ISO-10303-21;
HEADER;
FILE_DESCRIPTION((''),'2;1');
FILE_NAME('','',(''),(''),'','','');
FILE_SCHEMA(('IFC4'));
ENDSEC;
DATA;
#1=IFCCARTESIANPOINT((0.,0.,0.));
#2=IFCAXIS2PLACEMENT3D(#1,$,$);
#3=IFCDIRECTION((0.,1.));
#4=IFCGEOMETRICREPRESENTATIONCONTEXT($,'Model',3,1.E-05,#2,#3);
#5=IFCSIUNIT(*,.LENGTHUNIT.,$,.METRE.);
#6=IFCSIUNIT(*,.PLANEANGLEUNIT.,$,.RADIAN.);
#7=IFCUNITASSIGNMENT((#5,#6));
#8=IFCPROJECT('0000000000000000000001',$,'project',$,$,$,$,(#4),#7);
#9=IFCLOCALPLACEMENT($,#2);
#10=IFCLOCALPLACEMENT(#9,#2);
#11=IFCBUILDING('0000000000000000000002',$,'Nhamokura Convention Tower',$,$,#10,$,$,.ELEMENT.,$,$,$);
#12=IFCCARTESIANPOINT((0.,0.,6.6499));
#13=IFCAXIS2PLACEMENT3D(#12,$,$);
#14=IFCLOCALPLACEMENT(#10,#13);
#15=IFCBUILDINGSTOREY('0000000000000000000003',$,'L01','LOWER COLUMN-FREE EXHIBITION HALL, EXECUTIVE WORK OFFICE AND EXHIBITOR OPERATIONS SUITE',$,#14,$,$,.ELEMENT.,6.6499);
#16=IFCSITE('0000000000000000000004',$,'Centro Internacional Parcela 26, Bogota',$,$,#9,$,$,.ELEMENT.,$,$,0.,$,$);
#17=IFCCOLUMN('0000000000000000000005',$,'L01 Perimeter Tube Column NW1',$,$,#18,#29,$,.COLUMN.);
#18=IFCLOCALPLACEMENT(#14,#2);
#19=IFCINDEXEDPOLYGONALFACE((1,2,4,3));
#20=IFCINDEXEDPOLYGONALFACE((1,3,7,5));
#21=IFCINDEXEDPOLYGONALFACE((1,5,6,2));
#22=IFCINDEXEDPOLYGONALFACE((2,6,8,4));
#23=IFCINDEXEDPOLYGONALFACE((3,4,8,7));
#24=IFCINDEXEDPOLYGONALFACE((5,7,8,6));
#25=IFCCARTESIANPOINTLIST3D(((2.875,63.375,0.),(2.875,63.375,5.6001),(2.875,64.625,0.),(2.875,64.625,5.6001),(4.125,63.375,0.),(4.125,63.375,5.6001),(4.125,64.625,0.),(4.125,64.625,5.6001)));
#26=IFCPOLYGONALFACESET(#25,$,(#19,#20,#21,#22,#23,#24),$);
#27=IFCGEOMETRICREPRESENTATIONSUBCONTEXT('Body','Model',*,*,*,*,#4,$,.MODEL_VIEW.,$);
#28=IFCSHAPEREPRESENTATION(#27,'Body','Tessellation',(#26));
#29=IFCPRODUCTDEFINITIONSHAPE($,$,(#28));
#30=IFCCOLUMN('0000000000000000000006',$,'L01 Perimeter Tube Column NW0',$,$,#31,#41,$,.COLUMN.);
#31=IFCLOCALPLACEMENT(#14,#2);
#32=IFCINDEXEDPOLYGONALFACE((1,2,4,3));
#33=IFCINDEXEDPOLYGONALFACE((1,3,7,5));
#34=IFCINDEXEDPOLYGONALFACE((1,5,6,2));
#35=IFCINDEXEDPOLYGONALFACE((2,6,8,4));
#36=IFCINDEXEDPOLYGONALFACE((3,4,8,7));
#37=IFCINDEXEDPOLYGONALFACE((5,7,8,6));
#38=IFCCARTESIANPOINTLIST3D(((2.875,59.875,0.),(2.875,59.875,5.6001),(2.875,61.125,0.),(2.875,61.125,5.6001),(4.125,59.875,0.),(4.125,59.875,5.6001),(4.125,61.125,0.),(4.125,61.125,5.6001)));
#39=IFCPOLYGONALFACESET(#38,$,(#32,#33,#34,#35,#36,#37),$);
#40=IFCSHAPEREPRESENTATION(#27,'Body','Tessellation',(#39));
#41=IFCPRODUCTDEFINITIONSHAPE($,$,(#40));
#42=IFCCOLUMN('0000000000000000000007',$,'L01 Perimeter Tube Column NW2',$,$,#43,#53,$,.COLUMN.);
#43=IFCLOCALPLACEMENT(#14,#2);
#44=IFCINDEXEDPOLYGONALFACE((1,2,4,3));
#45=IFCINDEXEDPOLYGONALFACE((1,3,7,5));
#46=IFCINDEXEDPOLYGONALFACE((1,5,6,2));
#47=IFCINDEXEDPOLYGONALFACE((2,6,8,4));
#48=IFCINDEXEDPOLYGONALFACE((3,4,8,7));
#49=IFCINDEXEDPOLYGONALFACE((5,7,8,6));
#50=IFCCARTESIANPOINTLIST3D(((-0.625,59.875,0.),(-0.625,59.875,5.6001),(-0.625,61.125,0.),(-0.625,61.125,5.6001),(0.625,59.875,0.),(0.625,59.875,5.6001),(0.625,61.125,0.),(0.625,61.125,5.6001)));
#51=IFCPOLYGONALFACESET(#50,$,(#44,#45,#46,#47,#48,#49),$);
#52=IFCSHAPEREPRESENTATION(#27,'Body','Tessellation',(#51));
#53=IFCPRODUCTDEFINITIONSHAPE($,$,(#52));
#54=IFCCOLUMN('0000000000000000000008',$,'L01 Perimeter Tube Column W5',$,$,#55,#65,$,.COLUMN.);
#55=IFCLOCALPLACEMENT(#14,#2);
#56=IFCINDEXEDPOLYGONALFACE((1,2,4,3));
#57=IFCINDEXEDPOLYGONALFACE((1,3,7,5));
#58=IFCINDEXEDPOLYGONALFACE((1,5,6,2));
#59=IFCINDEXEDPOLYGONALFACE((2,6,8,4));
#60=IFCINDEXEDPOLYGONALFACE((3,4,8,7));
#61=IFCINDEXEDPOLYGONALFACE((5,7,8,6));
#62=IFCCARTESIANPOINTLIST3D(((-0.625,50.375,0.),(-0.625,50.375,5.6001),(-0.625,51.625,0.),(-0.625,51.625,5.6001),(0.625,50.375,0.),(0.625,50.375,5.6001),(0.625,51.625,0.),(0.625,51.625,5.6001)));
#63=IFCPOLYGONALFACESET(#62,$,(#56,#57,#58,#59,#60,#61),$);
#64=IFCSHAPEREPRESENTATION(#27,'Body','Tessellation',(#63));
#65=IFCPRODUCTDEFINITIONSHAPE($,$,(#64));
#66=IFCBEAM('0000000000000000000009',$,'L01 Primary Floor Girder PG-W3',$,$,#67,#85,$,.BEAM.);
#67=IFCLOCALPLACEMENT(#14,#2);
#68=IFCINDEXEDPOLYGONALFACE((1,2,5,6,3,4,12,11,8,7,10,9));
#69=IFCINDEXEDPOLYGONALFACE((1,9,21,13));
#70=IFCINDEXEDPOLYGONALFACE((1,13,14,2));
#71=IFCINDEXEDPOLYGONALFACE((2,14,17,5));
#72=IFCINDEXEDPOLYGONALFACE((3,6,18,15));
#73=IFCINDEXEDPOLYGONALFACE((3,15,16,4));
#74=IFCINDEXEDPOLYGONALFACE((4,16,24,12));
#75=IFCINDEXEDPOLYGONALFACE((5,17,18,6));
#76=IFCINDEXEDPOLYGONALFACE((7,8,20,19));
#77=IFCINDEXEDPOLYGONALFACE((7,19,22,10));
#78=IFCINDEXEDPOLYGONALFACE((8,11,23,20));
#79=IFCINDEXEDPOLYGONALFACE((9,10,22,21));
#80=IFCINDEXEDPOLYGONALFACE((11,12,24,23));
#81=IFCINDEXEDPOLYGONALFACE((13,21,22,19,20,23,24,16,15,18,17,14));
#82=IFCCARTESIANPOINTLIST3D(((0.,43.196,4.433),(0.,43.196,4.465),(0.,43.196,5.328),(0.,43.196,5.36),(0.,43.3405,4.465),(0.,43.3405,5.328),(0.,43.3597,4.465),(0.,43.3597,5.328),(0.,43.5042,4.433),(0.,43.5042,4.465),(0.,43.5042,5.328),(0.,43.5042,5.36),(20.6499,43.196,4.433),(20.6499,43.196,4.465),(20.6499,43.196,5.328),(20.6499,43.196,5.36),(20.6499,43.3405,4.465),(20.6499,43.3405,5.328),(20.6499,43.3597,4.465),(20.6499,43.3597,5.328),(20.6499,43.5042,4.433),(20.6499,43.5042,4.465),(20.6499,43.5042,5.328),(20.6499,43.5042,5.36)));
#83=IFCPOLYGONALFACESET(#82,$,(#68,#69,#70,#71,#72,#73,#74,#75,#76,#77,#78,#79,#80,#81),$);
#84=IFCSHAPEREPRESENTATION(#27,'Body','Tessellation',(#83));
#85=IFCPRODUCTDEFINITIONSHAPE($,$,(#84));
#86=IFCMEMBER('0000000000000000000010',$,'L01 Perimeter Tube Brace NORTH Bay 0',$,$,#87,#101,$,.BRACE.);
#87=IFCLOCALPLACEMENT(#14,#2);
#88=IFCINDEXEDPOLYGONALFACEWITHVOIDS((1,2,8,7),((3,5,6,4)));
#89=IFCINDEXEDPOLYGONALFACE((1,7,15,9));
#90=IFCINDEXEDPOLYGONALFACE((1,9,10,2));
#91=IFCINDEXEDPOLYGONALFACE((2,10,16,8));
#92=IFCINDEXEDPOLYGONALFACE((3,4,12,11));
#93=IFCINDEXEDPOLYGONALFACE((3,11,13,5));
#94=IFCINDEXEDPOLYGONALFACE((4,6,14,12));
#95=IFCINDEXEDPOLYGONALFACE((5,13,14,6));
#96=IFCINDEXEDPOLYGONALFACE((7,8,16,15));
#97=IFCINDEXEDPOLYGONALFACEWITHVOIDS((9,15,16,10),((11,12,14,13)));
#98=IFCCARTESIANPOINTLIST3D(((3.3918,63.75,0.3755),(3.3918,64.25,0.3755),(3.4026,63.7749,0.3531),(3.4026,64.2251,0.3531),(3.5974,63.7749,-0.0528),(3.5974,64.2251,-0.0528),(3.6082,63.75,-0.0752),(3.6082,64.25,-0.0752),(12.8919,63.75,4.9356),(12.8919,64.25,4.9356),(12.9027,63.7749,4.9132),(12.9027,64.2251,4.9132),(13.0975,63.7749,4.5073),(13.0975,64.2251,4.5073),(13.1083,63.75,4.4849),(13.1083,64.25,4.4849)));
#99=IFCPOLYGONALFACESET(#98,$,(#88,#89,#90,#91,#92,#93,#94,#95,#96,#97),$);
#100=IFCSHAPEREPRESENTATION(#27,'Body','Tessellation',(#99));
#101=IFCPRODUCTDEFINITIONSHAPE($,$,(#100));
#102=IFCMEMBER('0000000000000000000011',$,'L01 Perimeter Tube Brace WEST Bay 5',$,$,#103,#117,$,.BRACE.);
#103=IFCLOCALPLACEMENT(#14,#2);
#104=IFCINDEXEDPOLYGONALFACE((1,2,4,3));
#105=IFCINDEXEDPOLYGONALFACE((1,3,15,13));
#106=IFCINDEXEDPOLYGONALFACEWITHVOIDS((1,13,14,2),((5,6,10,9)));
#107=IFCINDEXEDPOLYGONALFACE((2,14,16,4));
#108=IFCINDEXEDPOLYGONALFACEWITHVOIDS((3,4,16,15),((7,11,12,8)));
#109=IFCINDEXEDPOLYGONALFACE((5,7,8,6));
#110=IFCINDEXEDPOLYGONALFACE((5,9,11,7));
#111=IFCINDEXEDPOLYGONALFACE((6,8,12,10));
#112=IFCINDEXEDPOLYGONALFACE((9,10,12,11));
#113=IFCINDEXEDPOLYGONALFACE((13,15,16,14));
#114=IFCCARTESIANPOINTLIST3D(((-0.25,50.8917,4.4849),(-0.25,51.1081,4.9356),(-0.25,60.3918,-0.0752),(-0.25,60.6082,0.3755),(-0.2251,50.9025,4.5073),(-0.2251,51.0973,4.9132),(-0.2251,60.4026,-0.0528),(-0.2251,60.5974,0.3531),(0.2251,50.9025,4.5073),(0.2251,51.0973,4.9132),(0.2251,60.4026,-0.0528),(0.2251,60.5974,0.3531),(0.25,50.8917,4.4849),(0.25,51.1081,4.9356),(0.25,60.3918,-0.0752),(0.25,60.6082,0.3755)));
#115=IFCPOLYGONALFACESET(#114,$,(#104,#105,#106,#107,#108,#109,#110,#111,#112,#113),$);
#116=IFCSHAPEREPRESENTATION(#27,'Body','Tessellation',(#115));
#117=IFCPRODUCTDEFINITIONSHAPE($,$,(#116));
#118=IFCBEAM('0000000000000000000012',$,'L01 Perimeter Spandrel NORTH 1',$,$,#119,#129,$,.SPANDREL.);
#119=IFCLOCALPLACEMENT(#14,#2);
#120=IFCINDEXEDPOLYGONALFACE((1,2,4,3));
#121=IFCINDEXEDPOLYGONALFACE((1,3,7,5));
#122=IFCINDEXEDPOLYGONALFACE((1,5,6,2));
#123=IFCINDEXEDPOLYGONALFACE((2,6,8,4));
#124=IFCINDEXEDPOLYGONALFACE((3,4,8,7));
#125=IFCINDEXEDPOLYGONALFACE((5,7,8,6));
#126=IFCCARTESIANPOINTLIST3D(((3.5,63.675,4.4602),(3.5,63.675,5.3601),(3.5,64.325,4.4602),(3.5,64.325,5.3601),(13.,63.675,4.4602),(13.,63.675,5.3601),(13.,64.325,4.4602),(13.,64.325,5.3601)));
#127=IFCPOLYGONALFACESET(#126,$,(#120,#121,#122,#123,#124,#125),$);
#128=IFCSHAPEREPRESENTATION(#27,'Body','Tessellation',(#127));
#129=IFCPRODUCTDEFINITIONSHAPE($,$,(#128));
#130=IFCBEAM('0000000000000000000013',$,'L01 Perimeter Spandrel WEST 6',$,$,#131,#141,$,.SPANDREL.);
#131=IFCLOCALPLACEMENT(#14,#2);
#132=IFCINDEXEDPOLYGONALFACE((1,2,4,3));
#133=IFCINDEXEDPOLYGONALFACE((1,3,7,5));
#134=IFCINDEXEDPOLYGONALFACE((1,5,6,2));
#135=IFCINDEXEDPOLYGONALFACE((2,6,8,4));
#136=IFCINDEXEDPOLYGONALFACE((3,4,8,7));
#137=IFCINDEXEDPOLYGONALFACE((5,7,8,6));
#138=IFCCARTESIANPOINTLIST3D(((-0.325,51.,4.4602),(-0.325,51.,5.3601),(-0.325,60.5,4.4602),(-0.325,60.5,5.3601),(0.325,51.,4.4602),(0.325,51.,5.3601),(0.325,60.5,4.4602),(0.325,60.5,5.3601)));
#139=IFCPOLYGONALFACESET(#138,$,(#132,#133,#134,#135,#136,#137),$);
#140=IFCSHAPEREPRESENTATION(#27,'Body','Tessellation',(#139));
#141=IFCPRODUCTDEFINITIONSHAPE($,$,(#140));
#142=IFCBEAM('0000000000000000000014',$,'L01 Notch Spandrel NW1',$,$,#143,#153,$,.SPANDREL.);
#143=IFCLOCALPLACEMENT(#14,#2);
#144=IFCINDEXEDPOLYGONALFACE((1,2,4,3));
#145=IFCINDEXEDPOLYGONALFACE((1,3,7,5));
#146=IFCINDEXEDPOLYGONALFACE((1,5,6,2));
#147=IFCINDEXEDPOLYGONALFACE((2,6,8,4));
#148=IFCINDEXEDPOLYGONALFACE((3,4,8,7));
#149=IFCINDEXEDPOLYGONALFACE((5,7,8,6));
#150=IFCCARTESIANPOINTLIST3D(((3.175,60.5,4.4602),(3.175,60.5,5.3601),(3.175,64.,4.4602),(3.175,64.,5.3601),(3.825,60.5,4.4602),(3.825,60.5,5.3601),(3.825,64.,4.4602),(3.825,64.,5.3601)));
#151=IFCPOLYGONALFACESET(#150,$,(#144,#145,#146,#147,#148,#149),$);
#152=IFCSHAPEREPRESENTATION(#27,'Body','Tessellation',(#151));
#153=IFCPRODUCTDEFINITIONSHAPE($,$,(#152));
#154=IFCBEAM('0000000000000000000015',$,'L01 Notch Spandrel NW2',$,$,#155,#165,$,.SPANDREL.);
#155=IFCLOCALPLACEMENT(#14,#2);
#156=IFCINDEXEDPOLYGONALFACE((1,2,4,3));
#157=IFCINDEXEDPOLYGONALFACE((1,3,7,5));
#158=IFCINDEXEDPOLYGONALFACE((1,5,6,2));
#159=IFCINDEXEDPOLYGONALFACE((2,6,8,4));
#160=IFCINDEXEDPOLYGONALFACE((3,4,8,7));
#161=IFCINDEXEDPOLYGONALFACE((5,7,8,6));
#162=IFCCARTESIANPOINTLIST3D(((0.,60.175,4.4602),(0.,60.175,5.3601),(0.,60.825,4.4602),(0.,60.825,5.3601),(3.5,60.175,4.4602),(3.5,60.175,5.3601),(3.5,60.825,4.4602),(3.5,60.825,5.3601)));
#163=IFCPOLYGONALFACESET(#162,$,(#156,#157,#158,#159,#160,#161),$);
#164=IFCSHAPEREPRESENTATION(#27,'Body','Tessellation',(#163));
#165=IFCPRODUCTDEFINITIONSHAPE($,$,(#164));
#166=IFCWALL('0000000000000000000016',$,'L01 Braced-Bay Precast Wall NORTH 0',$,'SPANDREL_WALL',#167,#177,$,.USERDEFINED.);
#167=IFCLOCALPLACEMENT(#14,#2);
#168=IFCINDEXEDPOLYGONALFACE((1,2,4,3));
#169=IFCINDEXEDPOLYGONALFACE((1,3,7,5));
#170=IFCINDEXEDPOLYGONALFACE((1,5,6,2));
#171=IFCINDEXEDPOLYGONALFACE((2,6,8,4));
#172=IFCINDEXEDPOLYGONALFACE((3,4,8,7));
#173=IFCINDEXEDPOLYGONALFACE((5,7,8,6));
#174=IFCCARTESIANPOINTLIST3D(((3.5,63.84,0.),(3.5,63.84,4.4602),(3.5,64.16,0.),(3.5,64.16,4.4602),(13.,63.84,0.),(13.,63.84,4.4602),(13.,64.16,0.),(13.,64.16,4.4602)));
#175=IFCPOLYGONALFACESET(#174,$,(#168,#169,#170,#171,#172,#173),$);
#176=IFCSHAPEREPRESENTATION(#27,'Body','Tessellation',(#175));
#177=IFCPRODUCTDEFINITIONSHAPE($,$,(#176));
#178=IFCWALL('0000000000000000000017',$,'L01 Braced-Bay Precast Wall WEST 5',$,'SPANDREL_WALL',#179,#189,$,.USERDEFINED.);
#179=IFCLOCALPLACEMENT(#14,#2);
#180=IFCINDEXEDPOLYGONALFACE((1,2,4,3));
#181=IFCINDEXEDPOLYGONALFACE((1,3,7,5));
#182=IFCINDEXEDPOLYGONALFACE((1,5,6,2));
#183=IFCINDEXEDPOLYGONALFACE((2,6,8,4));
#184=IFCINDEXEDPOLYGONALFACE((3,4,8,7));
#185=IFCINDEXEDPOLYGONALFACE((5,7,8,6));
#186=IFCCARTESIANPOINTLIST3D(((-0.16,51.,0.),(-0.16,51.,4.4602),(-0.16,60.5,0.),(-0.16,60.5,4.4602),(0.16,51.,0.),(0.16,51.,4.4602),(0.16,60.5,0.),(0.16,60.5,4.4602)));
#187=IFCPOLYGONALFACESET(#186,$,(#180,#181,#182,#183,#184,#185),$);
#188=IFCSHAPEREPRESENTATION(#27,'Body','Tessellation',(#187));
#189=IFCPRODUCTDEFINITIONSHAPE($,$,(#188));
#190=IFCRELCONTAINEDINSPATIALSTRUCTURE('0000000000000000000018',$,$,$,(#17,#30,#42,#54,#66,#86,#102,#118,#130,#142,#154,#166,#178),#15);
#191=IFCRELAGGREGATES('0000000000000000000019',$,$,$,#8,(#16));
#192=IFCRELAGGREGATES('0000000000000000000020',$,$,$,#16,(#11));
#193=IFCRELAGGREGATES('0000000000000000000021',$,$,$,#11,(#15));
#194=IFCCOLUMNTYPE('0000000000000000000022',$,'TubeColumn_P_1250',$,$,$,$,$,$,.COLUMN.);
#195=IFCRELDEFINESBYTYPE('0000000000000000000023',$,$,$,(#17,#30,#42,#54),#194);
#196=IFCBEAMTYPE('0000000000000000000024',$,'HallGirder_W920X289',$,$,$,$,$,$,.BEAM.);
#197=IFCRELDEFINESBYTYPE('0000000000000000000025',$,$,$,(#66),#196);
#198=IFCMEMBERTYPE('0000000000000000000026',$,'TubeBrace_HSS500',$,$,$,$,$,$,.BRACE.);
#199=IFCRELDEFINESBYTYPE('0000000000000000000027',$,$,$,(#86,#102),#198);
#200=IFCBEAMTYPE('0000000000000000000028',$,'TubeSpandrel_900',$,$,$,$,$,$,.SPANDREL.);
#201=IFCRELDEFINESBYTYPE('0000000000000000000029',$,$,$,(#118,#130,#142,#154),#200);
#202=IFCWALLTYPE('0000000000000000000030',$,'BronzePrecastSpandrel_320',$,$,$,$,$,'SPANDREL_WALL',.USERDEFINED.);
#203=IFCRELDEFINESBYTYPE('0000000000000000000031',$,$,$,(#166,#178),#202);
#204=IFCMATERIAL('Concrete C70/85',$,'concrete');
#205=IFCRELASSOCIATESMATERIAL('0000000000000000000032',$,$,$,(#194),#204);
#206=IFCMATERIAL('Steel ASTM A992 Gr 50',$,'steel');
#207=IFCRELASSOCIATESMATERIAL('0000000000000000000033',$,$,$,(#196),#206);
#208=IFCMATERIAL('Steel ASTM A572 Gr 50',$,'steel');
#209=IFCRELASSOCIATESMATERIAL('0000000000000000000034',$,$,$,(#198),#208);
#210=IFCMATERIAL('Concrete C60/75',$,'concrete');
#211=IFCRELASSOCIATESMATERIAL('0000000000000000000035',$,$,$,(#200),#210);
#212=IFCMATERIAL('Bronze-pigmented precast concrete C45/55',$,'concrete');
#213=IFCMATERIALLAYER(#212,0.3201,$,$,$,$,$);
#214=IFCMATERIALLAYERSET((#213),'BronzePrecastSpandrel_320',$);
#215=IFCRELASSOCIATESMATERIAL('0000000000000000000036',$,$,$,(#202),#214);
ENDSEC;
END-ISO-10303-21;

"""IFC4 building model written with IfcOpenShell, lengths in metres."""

from ifc_helpers import new_model, si_unit, direction, frame, frame_2d, origin, origin_2d, place, context, subcontext, project, spatial, rectangle, hollow_rectangle, i_section, extrude, material, layer, layer_set, material_profile, profile_set, type_object, element, save


model = new_model("IFC4")

# Units and contexts
model_context = context("Model", 3, precision=1e-05, world=origin(), true_north=direction((0.0, 1.0)))
body_context = subcontext(model_context, "Body", "Model", "MODEL_VIEW")
ifc_project = project(units=[si_unit("LENGTHUNIT", "METRE"), si_unit("PLANEANGLEUNIT", "RADIAN")], contexts=[model_context])

# Site, building, storey
site_placement = place(None, origin())
site = spatial("IfcSite", under=ifc_project, at=site_placement, Name="Centro Internacional Parcela 26, Bogota", CompositionType="ELEMENT", RefElevation=0.0)
building_placement = place(site_placement, origin())
building = spatial("IfcBuilding", under=site, at=building_placement, Name="Nhamokura Convention Tower", CompositionType="ELEMENT")
storey_placement = place(building_placement, frame((0.0, 0.0, 6.6499)))
storey = spatial("IfcBuildingStorey", under=building, at=storey_placement, Name="L01", Description="LOWER COLUMN-FREE EXHIBITION HALL, EXECUTIVE WORK OFFICE AND EXHIBITOR OPERATIONS SUITE", CompositionType="ELEMENT", Elevation=6.6499)

# Columns
ifc_material_1 = material(Name="Concrete C70/85", Category="concrete")
ifc_material_profile_1 = material_profile(ifc_material_1, rectangle(XDim=1.25, YDim=1.25, at=origin_2d()))
ifc_profile_set_1 = profile_set([ifc_material_profile_1], Name="Concrete C70/85")
column_type = type_object("IfcColumnType", Name="TubeColumn_P_1250", PredefinedType="COLUMN", material=ifc_profile_set_1)
for number, where, z_axis, x_axis, name in (
    (1, (3.5, 64.0, 0.0), (0.0, 0.0, 1.0), (1.0, 0.0, 0.0), "L01 Perimeter Tube Column NW1"),
    (2, (3.5, 60.5, 0.0), (0.0, 0.0, 1.0), (1.0, 0.0, 0.0), "L01 Perimeter Tube Column NW0"),
    (3, (0.0, 60.5, 0.0), (0.0, 0.0, 1.0), (1.0, 0.0, 0.0), "L01 Perimeter Tube Column NW2"),
    (4, (0.0, 51.0, 0.0), (0.0, 0.0, 1.0), (1.0, 0.0, 0.0), "L01 Perimeter Tube Column W5"),
):
    element("IfcColumn", number, at=place(storey_placement, frame(where, z_axis=z_axis, x_axis=x_axis)), inside=storey, type_object=column_type, Name=name, PredefinedType="COLUMN", context=body_context, shape_type="SweptSolid", body=[
        extrude(rectangle(XDim=1.25, YDim=1.25, at=origin_2d()), origin(), (0.0, 0.0, 1.0), 5.6001),
    ])

# Beam
ifc_material_2 = material(Name="Steel ASTM A992 Gr 50", Category="steel")
ifc_material_profile_2 = material_profile(ifc_material_2, i_section(OverallWidth=0.3081, OverallDepth=0.927, WebThickness=0.0193, FlangeThickness=0.032, at=origin_2d()))
ifc_profile_set_2 = profile_set([ifc_material_profile_2], Name="Steel ASTM A992 Gr 50")
beam_type_1 = type_object("IfcBeamType", Name="HallGirder_W920X289", PredefinedType="BEAM", material=ifc_profile_set_2)
beam_placement = place(storey_placement, frame((0.0, 43.3501, 4.8965), z_axis=(1.0, 0.0, 0.0), x_axis=(0.0, 1.0, 0.0)))
element("IfcBeam", 5, at=beam_placement, inside=storey, type_object=beam_type_1, Name="L01 Primary Floor Girder PG-W3", PredefinedType="BEAM", context=body_context, shape_type="SweptSolid", body=[
    extrude(i_section(OverallWidth=0.3081, OverallDepth=0.927, WebThickness=0.0193, FlangeThickness=0.032, at=origin_2d()), origin(), (0.0, 0.0, 1.0), 20.6499),
])

# Members
ifc_material_3 = material(Name="Steel ASTM A572 Gr 50", Category="steel")
ifc_material_profile_3 = material_profile(ifc_material_3, hollow_rectangle(XDim=0.5, YDim=0.5, WallThickness=0.0249, at=origin_2d()))
ifc_profile_set_3 = profile_set([ifc_material_profile_3], Name="Steel ASTM A572 Gr 50")
member_type = type_object("IfcMemberType", Name="TubeBrace_HSS500", PredefinedType="BRACE", material=ifc_profile_set_3)
for number, where, z_axis, x_axis, name in (
    (6, (3.5, 64.0, 0.1501), (0.901521, 0.0, 0.432736), (0.0, 1.0, 0.0), "L01 Perimeter Tube Brace NORTH Bay 0"),
    (7, (0.0, 60.5, 0.1501), (0.0, -0.901521, 0.432736), (1.0, 0.0, 0.0), "L01 Perimeter Tube Brace WEST Bay 5"),
):
    element("IfcMember", number, at=place(storey_placement, frame(where, z_axis=z_axis, x_axis=x_axis)), inside=storey, type_object=member_type, Name=name, PredefinedType="BRACE", context=body_context, shape_type="SweptSolid", body=[
        extrude(hollow_rectangle(XDim=0.5, YDim=0.5, WallThickness=0.0249, at=origin_2d()), origin(), (0.0, 0.0, 1.0), 10.5378),
    ])

# Beams
ifc_material_4 = material(Name="Concrete C60/75", Category="concrete")
ifc_material_profile_4 = material_profile(ifc_material_4, rectangle(XDim=0.6499, YDim=0.8999, at=origin_2d()))
ifc_profile_set_4 = profile_set([ifc_material_profile_4], Name="Concrete C60/75")
beam_type_2 = type_object("IfcBeamType", Name="TubeSpandrel_900", PredefinedType="SPANDREL", material=ifc_profile_set_4)
for number, where, z_axis, x_axis, name in (
    (8, (3.5, 64.0, 4.9102), (1.0, 0.0, 0.0), (0.0, 1.0, 0.0), "L01 Perimeter Spandrel NORTH 1"),
    (9, (0.0, 51.0, 4.9102), (0.0, 1.0, 0.0), (-1.0, 0.0, 0.0), "L01 Perimeter Spandrel WEST 6"),
):
    element("IfcBeam", number, at=place(storey_placement, frame(where, z_axis=z_axis, x_axis=x_axis)), inside=storey, type_object=beam_type_2, Name=name, PredefinedType="SPANDREL", context=body_context, shape_type="SweptSolid", body=[
        extrude(rectangle(XDim=0.6499, YDim=0.8999, at=origin_2d()), origin(), (0.0, 0.0, 1.0), 9.5),
    ])
for number, where, z_axis, x_axis, name in (
    (10, (3.5, 64.0, 4.9102), (0.0, -1.0, 0.0), (1.0, 0.0, 0.0), "L01 Notch Spandrel NW1"),
    (11, (3.5, 60.5, 4.9102), (-1.0, 0.0, 0.0), (0.0, -1.0, 0.0), "L01 Notch Spandrel NW2"),
):
    element("IfcBeam", number, at=place(storey_placement, frame(where, z_axis=z_axis, x_axis=x_axis)), inside=storey, type_object=beam_type_2, Name=name, PredefinedType="SPANDREL", context=body_context, shape_type="SweptSolid", body=[
        extrude(rectangle(XDim=0.6499, YDim=0.8999, at=origin_2d()), origin(), (0.0, 0.0, 1.0), 3.5),
    ])

# Walls
ifc_material_5 = material(Name="Bronze-pigmented precast concrete C45/55", Category="concrete")
ifc_layer_1 = layer(ifc_material_5, 0.3201)
ifc_layer_set_1 = layer_set([ifc_layer_1], Name="BronzePrecastSpandrel_320")
wall_type_1 = type_object("IfcWallType", Name="BronzePrecastSpandrel_320", ElementType="SPANDREL_WALL", PredefinedType="USERDEFINED", material=ifc_layer_set_1)
for number, where, z_axis, x_axis, name in (
    (12, (3.5, 64.0, 0.0), (0.0, 0.0, 1.0), (1.0, 0.0, 0.0), "L01 Braced-Bay Precast Wall NORTH 0"),
    (13, (0.0, 51.0, 0.0), (0.0, 0.0, 1.0), (0.0, 1.0, 0.0), "L01 Braced-Bay Precast Wall WEST 5"),
):
    element("IfcWall", number, at=place(storey_placement, frame(where, z_axis=z_axis, x_axis=x_axis)), inside=storey, type_object=wall_type_1, Name=name, ObjectType="SPANDREL_WALL", PredefinedType="USERDEFINED", context=body_context, shape_type="SweptSolid", body=[
        extrude(rectangle(XDim=9.5, YDim=0.3201, at=frame_2d((4.75, 0.0))), origin(), (0.0, 0.0, 1.0), 4.4602),
    ])

save(model, "model.ifc")
